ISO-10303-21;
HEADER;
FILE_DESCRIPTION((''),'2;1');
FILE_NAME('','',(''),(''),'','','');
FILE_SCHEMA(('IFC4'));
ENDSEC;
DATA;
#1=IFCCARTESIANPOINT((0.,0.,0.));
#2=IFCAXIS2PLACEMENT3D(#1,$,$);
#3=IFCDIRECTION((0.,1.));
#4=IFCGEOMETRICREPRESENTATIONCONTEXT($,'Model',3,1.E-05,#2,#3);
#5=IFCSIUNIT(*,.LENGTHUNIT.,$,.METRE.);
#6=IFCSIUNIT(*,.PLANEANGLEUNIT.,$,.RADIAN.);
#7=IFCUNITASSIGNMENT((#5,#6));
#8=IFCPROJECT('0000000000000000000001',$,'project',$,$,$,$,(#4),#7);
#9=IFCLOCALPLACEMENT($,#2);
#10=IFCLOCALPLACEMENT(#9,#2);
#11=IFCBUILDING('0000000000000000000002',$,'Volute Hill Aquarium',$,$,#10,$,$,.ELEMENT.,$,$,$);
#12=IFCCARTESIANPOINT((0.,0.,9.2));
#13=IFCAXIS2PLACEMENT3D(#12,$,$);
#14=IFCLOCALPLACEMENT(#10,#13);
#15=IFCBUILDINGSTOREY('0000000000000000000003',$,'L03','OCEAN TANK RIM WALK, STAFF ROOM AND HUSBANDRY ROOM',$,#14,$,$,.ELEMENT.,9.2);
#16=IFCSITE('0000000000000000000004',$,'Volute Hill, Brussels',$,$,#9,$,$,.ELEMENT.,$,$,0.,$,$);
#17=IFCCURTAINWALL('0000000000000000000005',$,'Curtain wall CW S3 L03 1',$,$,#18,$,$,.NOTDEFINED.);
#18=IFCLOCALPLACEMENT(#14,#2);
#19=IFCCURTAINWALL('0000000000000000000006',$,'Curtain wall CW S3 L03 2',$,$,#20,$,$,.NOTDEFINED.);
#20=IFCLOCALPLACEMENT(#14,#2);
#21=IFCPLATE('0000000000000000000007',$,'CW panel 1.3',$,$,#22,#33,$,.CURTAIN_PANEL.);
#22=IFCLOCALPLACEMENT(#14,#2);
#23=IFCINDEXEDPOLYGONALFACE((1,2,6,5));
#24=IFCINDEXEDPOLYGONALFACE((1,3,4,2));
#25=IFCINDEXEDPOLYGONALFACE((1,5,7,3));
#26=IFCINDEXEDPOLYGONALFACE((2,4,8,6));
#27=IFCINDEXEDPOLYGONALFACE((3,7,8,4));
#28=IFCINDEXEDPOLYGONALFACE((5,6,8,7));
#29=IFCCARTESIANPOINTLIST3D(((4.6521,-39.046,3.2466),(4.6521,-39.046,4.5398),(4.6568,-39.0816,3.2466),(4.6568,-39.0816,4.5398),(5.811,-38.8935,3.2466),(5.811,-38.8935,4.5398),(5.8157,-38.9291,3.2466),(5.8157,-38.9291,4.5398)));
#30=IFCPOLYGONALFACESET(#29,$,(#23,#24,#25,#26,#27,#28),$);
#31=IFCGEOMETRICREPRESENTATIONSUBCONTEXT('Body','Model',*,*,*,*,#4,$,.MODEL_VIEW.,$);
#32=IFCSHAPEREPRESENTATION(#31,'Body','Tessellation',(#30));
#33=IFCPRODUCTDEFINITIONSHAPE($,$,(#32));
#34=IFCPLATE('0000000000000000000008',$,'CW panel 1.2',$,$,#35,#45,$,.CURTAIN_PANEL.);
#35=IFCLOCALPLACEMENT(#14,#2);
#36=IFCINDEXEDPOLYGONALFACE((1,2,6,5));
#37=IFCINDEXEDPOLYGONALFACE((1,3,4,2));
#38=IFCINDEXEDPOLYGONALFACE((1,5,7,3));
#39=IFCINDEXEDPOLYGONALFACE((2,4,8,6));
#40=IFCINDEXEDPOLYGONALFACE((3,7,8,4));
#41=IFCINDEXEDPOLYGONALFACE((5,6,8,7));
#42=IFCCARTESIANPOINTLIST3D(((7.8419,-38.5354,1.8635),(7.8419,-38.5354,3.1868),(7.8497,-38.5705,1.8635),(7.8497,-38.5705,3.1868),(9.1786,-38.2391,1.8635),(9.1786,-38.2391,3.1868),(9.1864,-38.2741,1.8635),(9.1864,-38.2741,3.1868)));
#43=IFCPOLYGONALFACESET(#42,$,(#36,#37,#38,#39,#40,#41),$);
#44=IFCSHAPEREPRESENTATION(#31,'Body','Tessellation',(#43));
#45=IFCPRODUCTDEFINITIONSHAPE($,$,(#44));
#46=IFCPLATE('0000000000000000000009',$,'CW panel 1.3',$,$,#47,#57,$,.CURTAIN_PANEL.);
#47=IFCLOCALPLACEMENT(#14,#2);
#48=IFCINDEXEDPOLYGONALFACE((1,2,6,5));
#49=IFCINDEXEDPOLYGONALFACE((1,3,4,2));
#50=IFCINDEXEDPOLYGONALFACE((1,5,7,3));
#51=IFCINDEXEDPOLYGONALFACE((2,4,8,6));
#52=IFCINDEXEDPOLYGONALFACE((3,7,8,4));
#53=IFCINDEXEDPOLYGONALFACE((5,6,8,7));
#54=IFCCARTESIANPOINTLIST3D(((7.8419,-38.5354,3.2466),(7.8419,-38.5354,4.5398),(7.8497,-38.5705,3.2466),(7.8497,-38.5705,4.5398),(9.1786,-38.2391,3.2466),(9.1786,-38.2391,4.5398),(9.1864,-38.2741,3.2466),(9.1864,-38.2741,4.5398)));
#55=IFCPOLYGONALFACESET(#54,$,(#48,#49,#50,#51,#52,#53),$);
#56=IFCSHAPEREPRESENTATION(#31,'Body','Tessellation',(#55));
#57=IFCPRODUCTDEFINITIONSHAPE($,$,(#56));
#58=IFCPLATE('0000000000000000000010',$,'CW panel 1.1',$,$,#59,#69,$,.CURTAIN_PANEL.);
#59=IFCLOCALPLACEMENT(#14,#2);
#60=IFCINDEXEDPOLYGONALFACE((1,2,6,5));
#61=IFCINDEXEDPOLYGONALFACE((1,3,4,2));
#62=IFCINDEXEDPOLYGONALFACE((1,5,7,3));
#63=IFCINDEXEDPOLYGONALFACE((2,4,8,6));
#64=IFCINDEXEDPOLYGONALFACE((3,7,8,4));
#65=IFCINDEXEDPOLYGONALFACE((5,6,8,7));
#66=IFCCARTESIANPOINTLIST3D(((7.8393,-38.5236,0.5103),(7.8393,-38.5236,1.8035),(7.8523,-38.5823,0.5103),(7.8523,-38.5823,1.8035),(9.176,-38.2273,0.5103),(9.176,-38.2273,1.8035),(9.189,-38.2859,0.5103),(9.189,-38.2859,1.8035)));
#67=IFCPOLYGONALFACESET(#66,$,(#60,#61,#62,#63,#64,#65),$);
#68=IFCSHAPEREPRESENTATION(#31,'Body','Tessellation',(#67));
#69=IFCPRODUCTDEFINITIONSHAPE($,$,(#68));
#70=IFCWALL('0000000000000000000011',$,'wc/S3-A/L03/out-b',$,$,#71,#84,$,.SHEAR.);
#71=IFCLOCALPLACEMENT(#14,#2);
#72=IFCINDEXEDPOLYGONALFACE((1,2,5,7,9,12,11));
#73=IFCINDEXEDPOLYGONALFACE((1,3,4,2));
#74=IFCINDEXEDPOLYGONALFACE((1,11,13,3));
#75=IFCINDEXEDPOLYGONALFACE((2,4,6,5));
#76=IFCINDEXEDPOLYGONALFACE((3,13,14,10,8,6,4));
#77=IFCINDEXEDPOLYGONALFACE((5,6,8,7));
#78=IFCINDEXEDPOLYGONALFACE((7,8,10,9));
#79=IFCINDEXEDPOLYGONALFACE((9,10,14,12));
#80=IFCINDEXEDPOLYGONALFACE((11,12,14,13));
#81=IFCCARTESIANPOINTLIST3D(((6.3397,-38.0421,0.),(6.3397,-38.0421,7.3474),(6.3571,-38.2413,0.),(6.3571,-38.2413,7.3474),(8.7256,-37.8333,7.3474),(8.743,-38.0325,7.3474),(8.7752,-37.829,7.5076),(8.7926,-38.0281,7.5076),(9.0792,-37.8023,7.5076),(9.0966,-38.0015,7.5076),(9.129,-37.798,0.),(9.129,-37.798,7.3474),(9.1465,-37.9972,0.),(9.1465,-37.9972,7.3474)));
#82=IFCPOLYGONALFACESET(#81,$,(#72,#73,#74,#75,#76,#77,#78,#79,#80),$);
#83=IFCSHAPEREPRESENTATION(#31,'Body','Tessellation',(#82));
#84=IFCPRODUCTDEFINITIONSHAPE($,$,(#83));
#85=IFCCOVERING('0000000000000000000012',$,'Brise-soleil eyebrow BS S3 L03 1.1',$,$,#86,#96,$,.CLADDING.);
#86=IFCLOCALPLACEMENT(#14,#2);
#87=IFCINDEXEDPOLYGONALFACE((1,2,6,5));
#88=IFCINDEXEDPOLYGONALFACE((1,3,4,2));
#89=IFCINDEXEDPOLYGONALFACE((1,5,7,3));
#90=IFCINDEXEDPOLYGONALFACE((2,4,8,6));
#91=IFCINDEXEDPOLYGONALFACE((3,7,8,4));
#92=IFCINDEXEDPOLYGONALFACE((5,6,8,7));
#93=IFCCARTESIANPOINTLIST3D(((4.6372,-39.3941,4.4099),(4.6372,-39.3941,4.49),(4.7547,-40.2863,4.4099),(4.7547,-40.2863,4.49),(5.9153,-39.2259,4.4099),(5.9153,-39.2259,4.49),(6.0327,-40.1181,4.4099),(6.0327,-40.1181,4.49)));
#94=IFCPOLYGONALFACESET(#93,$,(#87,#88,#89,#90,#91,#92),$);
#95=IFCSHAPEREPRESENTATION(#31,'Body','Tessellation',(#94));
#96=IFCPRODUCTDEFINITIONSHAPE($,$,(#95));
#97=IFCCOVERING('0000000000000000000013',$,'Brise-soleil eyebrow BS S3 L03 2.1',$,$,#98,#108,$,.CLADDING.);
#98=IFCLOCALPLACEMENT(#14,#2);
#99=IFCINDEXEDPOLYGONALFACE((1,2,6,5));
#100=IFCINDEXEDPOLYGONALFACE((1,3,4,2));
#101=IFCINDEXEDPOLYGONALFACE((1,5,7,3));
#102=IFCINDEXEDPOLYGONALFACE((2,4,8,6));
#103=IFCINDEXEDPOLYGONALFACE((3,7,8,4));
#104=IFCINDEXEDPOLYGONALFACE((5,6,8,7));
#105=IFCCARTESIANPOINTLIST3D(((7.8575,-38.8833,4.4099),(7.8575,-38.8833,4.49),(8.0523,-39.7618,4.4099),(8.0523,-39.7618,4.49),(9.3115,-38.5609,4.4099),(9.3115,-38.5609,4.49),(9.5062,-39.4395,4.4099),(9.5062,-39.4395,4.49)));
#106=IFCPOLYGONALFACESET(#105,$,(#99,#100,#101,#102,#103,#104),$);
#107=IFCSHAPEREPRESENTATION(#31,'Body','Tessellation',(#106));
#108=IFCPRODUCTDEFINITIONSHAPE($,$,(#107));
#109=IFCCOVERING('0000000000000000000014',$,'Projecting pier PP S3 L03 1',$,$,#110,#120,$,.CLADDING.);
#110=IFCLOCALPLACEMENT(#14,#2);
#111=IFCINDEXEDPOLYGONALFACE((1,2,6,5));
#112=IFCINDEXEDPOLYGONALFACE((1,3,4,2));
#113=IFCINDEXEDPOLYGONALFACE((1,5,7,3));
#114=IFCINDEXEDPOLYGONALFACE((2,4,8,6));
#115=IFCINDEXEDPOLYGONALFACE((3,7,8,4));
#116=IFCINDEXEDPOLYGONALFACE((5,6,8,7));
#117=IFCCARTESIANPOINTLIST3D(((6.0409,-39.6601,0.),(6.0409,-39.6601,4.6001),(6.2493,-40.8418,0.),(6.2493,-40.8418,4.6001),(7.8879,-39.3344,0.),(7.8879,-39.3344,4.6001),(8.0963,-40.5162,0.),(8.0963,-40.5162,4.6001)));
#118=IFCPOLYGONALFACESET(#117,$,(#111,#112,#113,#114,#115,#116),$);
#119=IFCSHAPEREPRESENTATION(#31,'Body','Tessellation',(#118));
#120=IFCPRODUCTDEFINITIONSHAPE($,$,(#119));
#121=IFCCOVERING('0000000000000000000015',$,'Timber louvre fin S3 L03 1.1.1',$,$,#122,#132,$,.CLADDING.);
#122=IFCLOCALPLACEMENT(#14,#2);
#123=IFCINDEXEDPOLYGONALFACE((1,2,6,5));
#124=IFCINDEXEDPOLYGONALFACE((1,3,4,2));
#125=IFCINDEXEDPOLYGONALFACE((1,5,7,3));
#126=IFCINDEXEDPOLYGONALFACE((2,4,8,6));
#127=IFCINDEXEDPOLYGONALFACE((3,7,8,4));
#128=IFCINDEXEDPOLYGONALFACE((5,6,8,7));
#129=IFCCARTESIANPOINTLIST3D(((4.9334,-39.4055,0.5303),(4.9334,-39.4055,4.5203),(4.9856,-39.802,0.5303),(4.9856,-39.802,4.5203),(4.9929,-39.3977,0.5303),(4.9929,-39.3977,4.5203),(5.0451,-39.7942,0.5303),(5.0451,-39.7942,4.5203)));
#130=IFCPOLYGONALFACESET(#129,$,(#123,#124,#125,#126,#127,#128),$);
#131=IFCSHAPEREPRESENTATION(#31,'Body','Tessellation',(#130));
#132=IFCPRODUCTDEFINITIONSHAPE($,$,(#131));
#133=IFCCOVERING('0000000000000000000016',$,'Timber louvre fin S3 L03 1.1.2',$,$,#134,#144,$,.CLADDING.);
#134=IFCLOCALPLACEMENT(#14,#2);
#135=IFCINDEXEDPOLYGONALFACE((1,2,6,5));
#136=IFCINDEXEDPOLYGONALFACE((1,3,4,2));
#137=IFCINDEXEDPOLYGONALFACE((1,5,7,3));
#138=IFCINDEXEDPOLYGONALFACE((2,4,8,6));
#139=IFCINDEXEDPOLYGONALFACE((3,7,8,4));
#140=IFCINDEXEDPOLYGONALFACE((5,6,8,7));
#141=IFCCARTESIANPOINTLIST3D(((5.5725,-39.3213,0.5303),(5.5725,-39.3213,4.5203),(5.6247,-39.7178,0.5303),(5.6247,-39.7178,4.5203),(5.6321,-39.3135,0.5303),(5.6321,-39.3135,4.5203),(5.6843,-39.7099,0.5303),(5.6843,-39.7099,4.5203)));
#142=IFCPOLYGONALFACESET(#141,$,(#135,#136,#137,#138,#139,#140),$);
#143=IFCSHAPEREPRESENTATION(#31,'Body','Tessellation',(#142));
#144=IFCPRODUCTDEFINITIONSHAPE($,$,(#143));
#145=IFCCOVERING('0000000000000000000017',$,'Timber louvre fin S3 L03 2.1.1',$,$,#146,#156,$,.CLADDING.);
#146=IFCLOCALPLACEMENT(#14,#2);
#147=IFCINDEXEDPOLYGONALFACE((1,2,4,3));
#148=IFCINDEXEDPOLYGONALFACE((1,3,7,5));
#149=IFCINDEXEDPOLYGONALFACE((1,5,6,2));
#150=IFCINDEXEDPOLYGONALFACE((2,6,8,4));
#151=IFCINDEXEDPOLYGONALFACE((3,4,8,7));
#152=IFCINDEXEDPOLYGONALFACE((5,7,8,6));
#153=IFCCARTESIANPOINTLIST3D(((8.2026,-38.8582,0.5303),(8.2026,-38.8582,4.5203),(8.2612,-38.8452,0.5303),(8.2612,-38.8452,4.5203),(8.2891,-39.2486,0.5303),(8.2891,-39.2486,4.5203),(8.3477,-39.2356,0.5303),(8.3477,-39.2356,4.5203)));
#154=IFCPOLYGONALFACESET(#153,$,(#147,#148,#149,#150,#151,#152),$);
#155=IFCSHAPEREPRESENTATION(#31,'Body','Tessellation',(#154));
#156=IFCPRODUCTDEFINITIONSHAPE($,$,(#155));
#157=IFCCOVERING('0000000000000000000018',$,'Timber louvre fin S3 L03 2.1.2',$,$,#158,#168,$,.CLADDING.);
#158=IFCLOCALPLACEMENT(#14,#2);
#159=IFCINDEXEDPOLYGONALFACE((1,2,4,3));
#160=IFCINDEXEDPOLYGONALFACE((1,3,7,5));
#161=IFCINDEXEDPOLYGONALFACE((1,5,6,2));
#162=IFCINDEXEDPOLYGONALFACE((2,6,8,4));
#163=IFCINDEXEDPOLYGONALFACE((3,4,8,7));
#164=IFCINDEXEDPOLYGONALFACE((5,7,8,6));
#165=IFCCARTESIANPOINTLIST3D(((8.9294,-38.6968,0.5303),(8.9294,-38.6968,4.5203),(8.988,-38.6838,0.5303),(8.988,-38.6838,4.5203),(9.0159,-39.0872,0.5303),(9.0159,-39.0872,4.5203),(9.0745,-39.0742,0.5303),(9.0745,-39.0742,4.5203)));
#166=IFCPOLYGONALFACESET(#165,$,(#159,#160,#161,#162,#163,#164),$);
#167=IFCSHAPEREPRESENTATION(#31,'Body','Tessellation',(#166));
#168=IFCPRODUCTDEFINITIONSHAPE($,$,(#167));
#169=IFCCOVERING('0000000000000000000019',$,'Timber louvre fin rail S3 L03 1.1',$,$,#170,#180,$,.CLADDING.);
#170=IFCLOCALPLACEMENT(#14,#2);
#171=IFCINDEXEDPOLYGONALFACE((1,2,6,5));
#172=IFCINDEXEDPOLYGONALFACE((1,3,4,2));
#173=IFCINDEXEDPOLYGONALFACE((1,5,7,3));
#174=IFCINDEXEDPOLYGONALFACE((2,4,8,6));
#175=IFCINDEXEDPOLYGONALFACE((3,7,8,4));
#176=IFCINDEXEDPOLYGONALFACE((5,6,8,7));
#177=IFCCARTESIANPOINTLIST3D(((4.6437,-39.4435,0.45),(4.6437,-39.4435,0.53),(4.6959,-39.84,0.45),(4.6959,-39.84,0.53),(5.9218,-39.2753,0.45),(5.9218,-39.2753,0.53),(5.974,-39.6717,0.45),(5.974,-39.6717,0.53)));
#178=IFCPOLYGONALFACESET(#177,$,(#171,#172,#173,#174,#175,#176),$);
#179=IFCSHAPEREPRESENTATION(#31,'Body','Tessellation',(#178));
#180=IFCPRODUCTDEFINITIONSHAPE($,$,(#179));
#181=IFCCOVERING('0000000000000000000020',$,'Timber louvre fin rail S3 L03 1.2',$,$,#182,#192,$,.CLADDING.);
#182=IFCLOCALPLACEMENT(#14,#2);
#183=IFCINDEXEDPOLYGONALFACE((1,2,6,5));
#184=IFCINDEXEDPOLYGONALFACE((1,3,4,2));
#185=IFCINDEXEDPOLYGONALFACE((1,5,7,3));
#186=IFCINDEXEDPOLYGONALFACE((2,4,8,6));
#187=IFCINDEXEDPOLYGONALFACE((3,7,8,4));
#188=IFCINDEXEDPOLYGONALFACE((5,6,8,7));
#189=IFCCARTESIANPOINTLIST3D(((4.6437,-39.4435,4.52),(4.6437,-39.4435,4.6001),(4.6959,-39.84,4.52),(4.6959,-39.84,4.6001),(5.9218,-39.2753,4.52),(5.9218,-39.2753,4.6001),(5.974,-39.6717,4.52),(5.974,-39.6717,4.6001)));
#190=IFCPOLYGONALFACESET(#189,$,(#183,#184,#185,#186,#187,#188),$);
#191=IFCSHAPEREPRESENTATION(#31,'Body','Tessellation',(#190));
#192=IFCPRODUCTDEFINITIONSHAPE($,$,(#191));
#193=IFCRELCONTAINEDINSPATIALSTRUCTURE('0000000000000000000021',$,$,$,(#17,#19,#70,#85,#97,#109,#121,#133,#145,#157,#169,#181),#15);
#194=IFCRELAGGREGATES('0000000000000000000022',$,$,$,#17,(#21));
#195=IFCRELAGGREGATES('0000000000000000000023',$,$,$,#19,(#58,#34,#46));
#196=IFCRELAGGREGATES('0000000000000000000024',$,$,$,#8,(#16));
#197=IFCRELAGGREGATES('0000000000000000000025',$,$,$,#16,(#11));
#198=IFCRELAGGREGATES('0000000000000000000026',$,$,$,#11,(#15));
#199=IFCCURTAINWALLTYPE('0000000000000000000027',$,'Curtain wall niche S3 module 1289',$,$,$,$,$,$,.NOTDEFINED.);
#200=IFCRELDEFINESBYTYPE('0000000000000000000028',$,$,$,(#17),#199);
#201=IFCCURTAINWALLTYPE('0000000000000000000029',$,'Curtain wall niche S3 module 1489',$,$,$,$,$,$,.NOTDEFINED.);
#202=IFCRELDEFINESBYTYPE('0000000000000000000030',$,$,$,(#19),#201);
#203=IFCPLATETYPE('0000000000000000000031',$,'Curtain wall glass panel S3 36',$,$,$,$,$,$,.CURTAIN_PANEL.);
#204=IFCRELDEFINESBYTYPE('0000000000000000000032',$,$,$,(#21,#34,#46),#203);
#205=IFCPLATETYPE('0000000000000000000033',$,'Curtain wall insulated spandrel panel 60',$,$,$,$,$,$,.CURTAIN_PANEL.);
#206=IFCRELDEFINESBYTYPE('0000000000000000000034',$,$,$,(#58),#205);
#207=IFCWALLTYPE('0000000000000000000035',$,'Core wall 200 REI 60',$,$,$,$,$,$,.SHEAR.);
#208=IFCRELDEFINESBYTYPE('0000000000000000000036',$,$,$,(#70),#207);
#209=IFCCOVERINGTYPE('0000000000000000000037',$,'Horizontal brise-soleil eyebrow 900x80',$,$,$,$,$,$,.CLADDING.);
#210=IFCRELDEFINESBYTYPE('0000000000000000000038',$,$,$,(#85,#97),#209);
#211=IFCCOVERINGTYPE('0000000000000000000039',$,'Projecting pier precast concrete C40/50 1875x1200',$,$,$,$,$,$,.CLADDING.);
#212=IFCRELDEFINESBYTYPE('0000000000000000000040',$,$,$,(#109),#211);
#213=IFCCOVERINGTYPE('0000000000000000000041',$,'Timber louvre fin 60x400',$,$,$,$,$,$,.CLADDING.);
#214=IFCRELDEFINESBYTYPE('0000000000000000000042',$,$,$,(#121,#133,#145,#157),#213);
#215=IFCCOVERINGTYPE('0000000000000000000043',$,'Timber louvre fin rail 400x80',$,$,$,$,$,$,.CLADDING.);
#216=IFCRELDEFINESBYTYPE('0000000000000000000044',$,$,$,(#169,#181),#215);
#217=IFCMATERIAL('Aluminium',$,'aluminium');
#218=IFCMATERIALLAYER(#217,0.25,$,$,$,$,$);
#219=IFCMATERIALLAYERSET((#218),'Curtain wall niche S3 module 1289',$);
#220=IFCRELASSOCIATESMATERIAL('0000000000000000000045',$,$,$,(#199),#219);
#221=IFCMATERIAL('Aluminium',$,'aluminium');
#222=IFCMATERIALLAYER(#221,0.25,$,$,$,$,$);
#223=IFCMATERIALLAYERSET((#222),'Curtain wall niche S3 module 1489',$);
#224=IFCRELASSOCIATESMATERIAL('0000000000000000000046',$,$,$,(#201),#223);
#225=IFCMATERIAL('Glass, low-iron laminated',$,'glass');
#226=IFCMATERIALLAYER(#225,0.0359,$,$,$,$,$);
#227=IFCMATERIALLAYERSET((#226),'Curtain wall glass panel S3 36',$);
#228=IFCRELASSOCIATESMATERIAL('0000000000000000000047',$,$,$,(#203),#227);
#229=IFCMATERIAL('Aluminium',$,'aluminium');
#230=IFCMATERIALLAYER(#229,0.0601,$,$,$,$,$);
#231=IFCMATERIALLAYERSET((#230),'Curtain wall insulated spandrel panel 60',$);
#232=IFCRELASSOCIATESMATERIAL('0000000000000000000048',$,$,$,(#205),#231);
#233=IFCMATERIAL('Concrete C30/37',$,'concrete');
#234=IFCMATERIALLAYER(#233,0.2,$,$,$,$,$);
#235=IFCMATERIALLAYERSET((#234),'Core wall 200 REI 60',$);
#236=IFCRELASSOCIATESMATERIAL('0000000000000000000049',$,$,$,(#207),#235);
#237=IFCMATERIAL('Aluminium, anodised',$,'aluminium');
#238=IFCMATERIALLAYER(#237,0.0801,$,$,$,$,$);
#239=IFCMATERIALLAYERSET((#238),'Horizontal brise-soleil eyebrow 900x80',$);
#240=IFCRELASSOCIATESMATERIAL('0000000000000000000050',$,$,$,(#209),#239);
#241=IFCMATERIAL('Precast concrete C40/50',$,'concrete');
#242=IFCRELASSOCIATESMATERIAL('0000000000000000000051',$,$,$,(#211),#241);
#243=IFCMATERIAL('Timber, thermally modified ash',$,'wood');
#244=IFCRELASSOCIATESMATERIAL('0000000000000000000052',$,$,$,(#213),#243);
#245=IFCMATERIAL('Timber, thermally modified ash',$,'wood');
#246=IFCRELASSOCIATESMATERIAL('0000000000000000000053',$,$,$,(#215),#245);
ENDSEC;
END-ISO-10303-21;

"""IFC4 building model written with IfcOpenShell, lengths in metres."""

from ifc_helpers import new_model, si_unit, direction, frame, origin, origin_2d, place, context, subcontext, project, spatial, polyline, rectangle, outline, extrude, material, layer, layer_set, type_object, element, aggregate, save


model = new_model("IFC4")

# Units and contexts
model_context = context("Model", 3, precision=1e-05, world=origin(), true_north=direction((0.0, 1.0)))
body_context = subcontext(model_context, "Body", "Model", "MODEL_VIEW")
ifc_project = project(units=[si_unit("LENGTHUNIT", "METRE"), si_unit("PLANEANGLEUNIT", "RADIAN")], contexts=[model_context])

# Site, building, storey
site_placement = place(None, origin())
site = spatial("IfcSite", under=ifc_project, at=site_placement, Name="Volute Hill, Brussels", CompositionType="ELEMENT", RefElevation=0.0)
building_placement = place(site_placement, origin())
building = spatial("IfcBuilding", under=site, at=building_placement, Name="Volute Hill Aquarium", CompositionType="ELEMENT")
storey_placement = place(building_placement, frame((0.0, 0.0, 9.2)))
storey = spatial("IfcBuildingStorey", under=building, at=storey_placement, Name="L03", Description="OCEAN TANK RIM WALK, STAFF ROOM AND HUSBANDRY ROOM", CompositionType="ELEMENT", Elevation=9.2)

# Curtain walls
ifc_material_1 = material(Name="Aluminium", Category="aluminium")
ifc_layer_1 = layer(ifc_material_1, 0.25)
ifc_layer_set_1 = layer_set([ifc_layer_1], Name="Curtain wall niche S3 module 1289")
curtain_wall_type_1 = type_object("IfcCurtainWallType", Name="Curtain wall niche S3 module 1289", PredefinedType="NOTDEFINED", material=ifc_layer_set_1)
curtain_wall_1_placement = place(storey_placement, origin())
curtain_wall_1 = element("IfcCurtainWall", 1, at=curtain_wall_1_placement, inside=storey, type_object=curtain_wall_type_1, Name="Curtain wall CW S3 L03 1", PredefinedType="NOTDEFINED")
ifc_material_2 = material(Name="Aluminium", Category="aluminium")
ifc_layer_2 = layer(ifc_material_2, 0.25)
ifc_layer_set_2 = layer_set([ifc_layer_2], Name="Curtain wall niche S3 module 1489")
curtain_wall_type_2 = type_object("IfcCurtainWallType", Name="Curtain wall niche S3 module 1489", PredefinedType="NOTDEFINED", material=ifc_layer_set_2)
curtain_wall_2_placement = place(storey_placement, origin())
curtain_wall_2 = element("IfcCurtainWall", 2, at=curtain_wall_2_placement, inside=storey, type_object=curtain_wall_type_2, Name="Curtain wall CW S3 L03 2", PredefinedType="NOTDEFINED")

# Plates
ifc_material_3 = material(Name="Glass, low-iron laminated", Category="glass")
ifc_layer_3 = layer(ifc_material_3, 0.0359)
ifc_layer_set_3 = layer_set([ifc_layer_3], Name="Curtain wall glass panel S3 36")
plate_type_1 = type_object("IfcPlateType", Name="Curtain wall glass panel S3 36", PredefinedType="CURTAIN_PANEL", material=ifc_layer_set_3)
plate_1_placement = place(storey_placement, frame((5.2339, -38.9875, 3.2466), z_axis=(0.0, 0.0, 1.0), x_axis=(0.991447, 0.130506, 0.0)))
plate_1 = element("IfcPlate", 3, at=plate_1_placement, type_object=plate_type_1, Name="CW panel 1.3", PredefinedType="CURTAIN_PANEL", context=body_context, shape_type="SweptSolid", body=[
    extrude(rectangle(XDim=1.1689, YDim=0.0359, at=origin_2d()), origin(), (0.0, 0.0, 1.0), 1.2932),
])
aggregate(curtain_wall_1, [plate_1])
plate_2_placement = place(storey_placement, frame((8.5142, -38.4048, 1.8635), z_axis=(0.0, 0.0, 1.0), x_axis=(0.976298, 0.216429, 0.0)))
plate_2 = element("IfcPlate", 4, at=plate_2_placement, type_object=plate_type_1, Name="CW panel 1.2", PredefinedType="CURTAIN_PANEL", context=body_context, shape_type="SweptSolid", body=[
    extrude(rectangle(XDim=1.3691, YDim=0.0359, at=origin_2d()), origin(), (0.0, 0.0, 1.0), 1.3232),
])
plate_3_placement = place(storey_placement, frame((8.5142, -38.4048, 3.2466), z_axis=(0.0, 0.0, 1.0), x_axis=(0.976298, 0.216429, 0.0)))
plate_3 = element("IfcPlate", 5, at=plate_3_placement, type_object=plate_type_1, Name="CW panel 1.3", PredefinedType="CURTAIN_PANEL", context=body_context, shape_type="SweptSolid", body=[
    extrude(rectangle(XDim=1.3691, YDim=0.0359, at=origin_2d()), origin(), (0.0, 0.0, 1.0), 1.2932),
])
ifc_material_4 = material(Name="Aluminium", Category="aluminium")
ifc_layer_4 = layer(ifc_material_4, 0.0601)
ifc_layer_set_4 = layer_set([ifc_layer_4], Name="Curtain wall insulated spandrel panel 60")
plate_type_2 = type_object("IfcPlateType", Name="Curtain wall insulated spandrel panel 60", PredefinedType="CURTAIN_PANEL", material=ifc_layer_set_4)
plate_4_placement = place(storey_placement, frame((8.5142, -38.4048, 0.5103), z_axis=(0.0, 0.0, 1.0), x_axis=(0.976298, 0.216429, 0.0)))
plate_4 = element("IfcPlate", 6, at=plate_4_placement, type_object=plate_type_2, Name="CW panel 1.1", PredefinedType="CURTAIN_PANEL", context=body_context, shape_type="SweptSolid", body=[
    extrude(rectangle(XDim=1.3691, YDim=0.0601, at=origin_2d()), origin(), (0.0, 0.0, 1.0), 1.2932),
])
aggregate(curtain_wall_2, [plate_4, plate_2, plate_3])

# Wall
ifc_material_5 = material(Name="Concrete C30/37", Category="concrete")
ifc_layer_5 = layer(ifc_material_5, 0.2)
ifc_layer_set_5 = layer_set([ifc_layer_5], Name="Core wall 200 REI 60")
wall_type = type_object("IfcWallType", Name="Core wall 200 REI 60", PredefinedType="SHEAR", material=ifc_layer_set_5)
wall_placement = place(storey_placement, frame((6.3484, -38.1418, 0.0), z_axis=(0.0, 0.0, 1.0), x_axis=(0.996191, 0.087194, 0.0)))
element("IfcWall", 7, at=wall_placement, inside=storey, type_object=wall_type, Name="wc/S3-A/L03/out-b", PredefinedType="SHEAR", context=body_context, shape_type="SweptSolid", body=[
    extrude(outline(polyline([(0.0, 0.0), (2.8, 0.0), (2.8, 7.3474), (2.75, 7.5076), (2.4448, 7.5076), (2.395, 7.3474), (0.0, 7.3474), (0.0, 0.0)])), frame((0.0, 0.1001, 0.0), z_axis=(0.0, -1.0, 0.0), x_axis=(1.0, 0.0, 0.0)), (0.0, 0.0, 1.0), 0.2),
])

# Coverings
ifc_material_6 = material(Name="Aluminium, anodised", Category="aluminium")
ifc_layer_6 = layer(ifc_material_6, 0.0801)
ifc_layer_set_6 = layer_set([ifc_layer_6], Name="Horizontal brise-soleil eyebrow 900x80")
covering_type_1 = type_object("IfcCoveringType", Name="Horizontal brise-soleil eyebrow 900x80", PredefinedType="CLADDING", material=ifc_layer_set_6)
covering_1_placement = place(storey_placement, frame((5.335, -39.7561, 4.4099), z_axis=(0.0, 0.0, 1.0), x_axis=(0.991447, 0.130511, 0.0)))
element("IfcCovering", 8, at=covering_1_placement, inside=storey, type_object=covering_type_1, Name="Brise-soleil eyebrow BS S3 L03 1.1", PredefinedType="CLADDING", context=body_context, shape_type="SweptSolid", body=[
    extrude(rectangle(XDim=1.2891, YDim=0.8999, at=origin_2d()), origin(), (0.0, 0.0, 1.0), 0.0801),
])
covering_2_placement = place(storey_placement, frame((8.6819, -39.1614, 4.4099), z_axis=(0.0, 0.0, 1.0), x_axis=(0.976297, 0.216435, 0.0)))
element("IfcCovering", 9, at=covering_2_placement, inside=storey, type_object=covering_type_1, Name="Brise-soleil eyebrow BS S3 L03 2.1", PredefinedType="CLADDING", context=body_context, shape_type="SweptSolid", body=[
    extrude(rectangle(XDim=1.4893, YDim=0.8999, at=origin_2d()), origin(), (0.0, 0.0, 1.0), 0.0801),
])
ifc_material_7 = material(Name="Precast concrete C40/50", Category="concrete")
covering_type_2 = type_object("IfcCoveringType", Name="Projecting pier precast concrete C40/50 1875x1200", PredefinedType="CLADDING", material=ifc_material_7)
covering_3_placement = place(storey_placement, frame((7.0686, -40.0881, 0.0), z_axis=(0.0, 0.0, 1.0), x_axis=(0.984808, 0.173648, 0.0)))
element("IfcCovering", 10, at=covering_3_placement, inside=storey, type_object=covering_type_2, Name="Projecting pier PP S3 L03 1", PredefinedType="CLADDING", context=body_context, shape_type="SweptSolid", body=[
    extrude(rectangle(XDim=1.8755, YDim=1.2, at=origin_2d()), origin(), (0.0, 0.0, 1.0), 4.6001),
])
ifc_material_8 = material(Name="Timber, thermally modified ash", Category="wood")
covering_type_3 = type_object("IfcCoveringType", Name="Timber louvre fin 60x400", PredefinedType="CLADDING", material=ifc_material_8)
for number, where, z_axis, x_axis, name in (
    (11, (4.9893, -39.5999, 0.5303), (0.0, 0.0, 1.0), (0.991447, 0.130511, 0.0), "Timber louvre fin S3 L03 1.1.1"),
    (12, (5.6284, -39.5156, 0.5303), (0.0, 0.0, 1.0), (0.991447, 0.130511, 0.0), "Timber louvre fin S3 L03 1.1.2"),
    (13, (8.2751, -39.0469, 0.5303), (0.0, 0.0, 1.0), (0.976297, 0.216435, 0.0), "Timber louvre fin S3 L03 2.1.1"),
    (14, (9.002, -38.8855, 0.5303), (0.0, 0.0, 1.0), (0.976297, 0.216435, 0.0), "Timber louvre fin S3 L03 2.1.2"),
):
    element("IfcCovering", number, at=place(storey_placement, frame(where, z_axis=z_axis, x_axis=x_axis)), inside=storey, type_object=covering_type_3, Name=name, PredefinedType="CLADDING", context=body_context, shape_type="SweptSolid", body=[
        extrude(rectangle(XDim=0.0601, YDim=0.3999, at=origin_2d()), origin(), (0.0, 0.0, 1.0), 3.99),
    ])
ifc_material_9 = material(Name="Timber, thermally modified ash", Category="wood")
covering_type_4 = type_object("IfcCoveringType", Name="Timber louvre fin rail 400x80", PredefinedType="CLADDING", material=ifc_material_9)
for number, where, z_axis, x_axis, name in (
    (15, (5.3088, -39.5576, 0.45), (0.0, 0.0, 1.0), (0.991447, 0.130511, 0.0), "Timber louvre fin rail S3 L03 1.1"),
    (16, (5.3088, -39.5576, 4.52), (0.0, 0.0, 1.0), (0.991447, 0.130511, 0.0), "Timber louvre fin rail S3 L03 1.2"),
):
    element("IfcCovering", number, at=place(storey_placement, frame(where, z_axis=z_axis, x_axis=x_axis)), inside=storey, type_object=covering_type_4, Name=name, PredefinedType="CLADDING", context=body_context, shape_type="SweptSolid", body=[
        extrude(rectangle(XDim=1.2891, YDim=0.3999, at=origin_2d()), origin(), (0.0, 0.0, 1.0), 0.0801),
    ])

save(model, "model.ifc")
